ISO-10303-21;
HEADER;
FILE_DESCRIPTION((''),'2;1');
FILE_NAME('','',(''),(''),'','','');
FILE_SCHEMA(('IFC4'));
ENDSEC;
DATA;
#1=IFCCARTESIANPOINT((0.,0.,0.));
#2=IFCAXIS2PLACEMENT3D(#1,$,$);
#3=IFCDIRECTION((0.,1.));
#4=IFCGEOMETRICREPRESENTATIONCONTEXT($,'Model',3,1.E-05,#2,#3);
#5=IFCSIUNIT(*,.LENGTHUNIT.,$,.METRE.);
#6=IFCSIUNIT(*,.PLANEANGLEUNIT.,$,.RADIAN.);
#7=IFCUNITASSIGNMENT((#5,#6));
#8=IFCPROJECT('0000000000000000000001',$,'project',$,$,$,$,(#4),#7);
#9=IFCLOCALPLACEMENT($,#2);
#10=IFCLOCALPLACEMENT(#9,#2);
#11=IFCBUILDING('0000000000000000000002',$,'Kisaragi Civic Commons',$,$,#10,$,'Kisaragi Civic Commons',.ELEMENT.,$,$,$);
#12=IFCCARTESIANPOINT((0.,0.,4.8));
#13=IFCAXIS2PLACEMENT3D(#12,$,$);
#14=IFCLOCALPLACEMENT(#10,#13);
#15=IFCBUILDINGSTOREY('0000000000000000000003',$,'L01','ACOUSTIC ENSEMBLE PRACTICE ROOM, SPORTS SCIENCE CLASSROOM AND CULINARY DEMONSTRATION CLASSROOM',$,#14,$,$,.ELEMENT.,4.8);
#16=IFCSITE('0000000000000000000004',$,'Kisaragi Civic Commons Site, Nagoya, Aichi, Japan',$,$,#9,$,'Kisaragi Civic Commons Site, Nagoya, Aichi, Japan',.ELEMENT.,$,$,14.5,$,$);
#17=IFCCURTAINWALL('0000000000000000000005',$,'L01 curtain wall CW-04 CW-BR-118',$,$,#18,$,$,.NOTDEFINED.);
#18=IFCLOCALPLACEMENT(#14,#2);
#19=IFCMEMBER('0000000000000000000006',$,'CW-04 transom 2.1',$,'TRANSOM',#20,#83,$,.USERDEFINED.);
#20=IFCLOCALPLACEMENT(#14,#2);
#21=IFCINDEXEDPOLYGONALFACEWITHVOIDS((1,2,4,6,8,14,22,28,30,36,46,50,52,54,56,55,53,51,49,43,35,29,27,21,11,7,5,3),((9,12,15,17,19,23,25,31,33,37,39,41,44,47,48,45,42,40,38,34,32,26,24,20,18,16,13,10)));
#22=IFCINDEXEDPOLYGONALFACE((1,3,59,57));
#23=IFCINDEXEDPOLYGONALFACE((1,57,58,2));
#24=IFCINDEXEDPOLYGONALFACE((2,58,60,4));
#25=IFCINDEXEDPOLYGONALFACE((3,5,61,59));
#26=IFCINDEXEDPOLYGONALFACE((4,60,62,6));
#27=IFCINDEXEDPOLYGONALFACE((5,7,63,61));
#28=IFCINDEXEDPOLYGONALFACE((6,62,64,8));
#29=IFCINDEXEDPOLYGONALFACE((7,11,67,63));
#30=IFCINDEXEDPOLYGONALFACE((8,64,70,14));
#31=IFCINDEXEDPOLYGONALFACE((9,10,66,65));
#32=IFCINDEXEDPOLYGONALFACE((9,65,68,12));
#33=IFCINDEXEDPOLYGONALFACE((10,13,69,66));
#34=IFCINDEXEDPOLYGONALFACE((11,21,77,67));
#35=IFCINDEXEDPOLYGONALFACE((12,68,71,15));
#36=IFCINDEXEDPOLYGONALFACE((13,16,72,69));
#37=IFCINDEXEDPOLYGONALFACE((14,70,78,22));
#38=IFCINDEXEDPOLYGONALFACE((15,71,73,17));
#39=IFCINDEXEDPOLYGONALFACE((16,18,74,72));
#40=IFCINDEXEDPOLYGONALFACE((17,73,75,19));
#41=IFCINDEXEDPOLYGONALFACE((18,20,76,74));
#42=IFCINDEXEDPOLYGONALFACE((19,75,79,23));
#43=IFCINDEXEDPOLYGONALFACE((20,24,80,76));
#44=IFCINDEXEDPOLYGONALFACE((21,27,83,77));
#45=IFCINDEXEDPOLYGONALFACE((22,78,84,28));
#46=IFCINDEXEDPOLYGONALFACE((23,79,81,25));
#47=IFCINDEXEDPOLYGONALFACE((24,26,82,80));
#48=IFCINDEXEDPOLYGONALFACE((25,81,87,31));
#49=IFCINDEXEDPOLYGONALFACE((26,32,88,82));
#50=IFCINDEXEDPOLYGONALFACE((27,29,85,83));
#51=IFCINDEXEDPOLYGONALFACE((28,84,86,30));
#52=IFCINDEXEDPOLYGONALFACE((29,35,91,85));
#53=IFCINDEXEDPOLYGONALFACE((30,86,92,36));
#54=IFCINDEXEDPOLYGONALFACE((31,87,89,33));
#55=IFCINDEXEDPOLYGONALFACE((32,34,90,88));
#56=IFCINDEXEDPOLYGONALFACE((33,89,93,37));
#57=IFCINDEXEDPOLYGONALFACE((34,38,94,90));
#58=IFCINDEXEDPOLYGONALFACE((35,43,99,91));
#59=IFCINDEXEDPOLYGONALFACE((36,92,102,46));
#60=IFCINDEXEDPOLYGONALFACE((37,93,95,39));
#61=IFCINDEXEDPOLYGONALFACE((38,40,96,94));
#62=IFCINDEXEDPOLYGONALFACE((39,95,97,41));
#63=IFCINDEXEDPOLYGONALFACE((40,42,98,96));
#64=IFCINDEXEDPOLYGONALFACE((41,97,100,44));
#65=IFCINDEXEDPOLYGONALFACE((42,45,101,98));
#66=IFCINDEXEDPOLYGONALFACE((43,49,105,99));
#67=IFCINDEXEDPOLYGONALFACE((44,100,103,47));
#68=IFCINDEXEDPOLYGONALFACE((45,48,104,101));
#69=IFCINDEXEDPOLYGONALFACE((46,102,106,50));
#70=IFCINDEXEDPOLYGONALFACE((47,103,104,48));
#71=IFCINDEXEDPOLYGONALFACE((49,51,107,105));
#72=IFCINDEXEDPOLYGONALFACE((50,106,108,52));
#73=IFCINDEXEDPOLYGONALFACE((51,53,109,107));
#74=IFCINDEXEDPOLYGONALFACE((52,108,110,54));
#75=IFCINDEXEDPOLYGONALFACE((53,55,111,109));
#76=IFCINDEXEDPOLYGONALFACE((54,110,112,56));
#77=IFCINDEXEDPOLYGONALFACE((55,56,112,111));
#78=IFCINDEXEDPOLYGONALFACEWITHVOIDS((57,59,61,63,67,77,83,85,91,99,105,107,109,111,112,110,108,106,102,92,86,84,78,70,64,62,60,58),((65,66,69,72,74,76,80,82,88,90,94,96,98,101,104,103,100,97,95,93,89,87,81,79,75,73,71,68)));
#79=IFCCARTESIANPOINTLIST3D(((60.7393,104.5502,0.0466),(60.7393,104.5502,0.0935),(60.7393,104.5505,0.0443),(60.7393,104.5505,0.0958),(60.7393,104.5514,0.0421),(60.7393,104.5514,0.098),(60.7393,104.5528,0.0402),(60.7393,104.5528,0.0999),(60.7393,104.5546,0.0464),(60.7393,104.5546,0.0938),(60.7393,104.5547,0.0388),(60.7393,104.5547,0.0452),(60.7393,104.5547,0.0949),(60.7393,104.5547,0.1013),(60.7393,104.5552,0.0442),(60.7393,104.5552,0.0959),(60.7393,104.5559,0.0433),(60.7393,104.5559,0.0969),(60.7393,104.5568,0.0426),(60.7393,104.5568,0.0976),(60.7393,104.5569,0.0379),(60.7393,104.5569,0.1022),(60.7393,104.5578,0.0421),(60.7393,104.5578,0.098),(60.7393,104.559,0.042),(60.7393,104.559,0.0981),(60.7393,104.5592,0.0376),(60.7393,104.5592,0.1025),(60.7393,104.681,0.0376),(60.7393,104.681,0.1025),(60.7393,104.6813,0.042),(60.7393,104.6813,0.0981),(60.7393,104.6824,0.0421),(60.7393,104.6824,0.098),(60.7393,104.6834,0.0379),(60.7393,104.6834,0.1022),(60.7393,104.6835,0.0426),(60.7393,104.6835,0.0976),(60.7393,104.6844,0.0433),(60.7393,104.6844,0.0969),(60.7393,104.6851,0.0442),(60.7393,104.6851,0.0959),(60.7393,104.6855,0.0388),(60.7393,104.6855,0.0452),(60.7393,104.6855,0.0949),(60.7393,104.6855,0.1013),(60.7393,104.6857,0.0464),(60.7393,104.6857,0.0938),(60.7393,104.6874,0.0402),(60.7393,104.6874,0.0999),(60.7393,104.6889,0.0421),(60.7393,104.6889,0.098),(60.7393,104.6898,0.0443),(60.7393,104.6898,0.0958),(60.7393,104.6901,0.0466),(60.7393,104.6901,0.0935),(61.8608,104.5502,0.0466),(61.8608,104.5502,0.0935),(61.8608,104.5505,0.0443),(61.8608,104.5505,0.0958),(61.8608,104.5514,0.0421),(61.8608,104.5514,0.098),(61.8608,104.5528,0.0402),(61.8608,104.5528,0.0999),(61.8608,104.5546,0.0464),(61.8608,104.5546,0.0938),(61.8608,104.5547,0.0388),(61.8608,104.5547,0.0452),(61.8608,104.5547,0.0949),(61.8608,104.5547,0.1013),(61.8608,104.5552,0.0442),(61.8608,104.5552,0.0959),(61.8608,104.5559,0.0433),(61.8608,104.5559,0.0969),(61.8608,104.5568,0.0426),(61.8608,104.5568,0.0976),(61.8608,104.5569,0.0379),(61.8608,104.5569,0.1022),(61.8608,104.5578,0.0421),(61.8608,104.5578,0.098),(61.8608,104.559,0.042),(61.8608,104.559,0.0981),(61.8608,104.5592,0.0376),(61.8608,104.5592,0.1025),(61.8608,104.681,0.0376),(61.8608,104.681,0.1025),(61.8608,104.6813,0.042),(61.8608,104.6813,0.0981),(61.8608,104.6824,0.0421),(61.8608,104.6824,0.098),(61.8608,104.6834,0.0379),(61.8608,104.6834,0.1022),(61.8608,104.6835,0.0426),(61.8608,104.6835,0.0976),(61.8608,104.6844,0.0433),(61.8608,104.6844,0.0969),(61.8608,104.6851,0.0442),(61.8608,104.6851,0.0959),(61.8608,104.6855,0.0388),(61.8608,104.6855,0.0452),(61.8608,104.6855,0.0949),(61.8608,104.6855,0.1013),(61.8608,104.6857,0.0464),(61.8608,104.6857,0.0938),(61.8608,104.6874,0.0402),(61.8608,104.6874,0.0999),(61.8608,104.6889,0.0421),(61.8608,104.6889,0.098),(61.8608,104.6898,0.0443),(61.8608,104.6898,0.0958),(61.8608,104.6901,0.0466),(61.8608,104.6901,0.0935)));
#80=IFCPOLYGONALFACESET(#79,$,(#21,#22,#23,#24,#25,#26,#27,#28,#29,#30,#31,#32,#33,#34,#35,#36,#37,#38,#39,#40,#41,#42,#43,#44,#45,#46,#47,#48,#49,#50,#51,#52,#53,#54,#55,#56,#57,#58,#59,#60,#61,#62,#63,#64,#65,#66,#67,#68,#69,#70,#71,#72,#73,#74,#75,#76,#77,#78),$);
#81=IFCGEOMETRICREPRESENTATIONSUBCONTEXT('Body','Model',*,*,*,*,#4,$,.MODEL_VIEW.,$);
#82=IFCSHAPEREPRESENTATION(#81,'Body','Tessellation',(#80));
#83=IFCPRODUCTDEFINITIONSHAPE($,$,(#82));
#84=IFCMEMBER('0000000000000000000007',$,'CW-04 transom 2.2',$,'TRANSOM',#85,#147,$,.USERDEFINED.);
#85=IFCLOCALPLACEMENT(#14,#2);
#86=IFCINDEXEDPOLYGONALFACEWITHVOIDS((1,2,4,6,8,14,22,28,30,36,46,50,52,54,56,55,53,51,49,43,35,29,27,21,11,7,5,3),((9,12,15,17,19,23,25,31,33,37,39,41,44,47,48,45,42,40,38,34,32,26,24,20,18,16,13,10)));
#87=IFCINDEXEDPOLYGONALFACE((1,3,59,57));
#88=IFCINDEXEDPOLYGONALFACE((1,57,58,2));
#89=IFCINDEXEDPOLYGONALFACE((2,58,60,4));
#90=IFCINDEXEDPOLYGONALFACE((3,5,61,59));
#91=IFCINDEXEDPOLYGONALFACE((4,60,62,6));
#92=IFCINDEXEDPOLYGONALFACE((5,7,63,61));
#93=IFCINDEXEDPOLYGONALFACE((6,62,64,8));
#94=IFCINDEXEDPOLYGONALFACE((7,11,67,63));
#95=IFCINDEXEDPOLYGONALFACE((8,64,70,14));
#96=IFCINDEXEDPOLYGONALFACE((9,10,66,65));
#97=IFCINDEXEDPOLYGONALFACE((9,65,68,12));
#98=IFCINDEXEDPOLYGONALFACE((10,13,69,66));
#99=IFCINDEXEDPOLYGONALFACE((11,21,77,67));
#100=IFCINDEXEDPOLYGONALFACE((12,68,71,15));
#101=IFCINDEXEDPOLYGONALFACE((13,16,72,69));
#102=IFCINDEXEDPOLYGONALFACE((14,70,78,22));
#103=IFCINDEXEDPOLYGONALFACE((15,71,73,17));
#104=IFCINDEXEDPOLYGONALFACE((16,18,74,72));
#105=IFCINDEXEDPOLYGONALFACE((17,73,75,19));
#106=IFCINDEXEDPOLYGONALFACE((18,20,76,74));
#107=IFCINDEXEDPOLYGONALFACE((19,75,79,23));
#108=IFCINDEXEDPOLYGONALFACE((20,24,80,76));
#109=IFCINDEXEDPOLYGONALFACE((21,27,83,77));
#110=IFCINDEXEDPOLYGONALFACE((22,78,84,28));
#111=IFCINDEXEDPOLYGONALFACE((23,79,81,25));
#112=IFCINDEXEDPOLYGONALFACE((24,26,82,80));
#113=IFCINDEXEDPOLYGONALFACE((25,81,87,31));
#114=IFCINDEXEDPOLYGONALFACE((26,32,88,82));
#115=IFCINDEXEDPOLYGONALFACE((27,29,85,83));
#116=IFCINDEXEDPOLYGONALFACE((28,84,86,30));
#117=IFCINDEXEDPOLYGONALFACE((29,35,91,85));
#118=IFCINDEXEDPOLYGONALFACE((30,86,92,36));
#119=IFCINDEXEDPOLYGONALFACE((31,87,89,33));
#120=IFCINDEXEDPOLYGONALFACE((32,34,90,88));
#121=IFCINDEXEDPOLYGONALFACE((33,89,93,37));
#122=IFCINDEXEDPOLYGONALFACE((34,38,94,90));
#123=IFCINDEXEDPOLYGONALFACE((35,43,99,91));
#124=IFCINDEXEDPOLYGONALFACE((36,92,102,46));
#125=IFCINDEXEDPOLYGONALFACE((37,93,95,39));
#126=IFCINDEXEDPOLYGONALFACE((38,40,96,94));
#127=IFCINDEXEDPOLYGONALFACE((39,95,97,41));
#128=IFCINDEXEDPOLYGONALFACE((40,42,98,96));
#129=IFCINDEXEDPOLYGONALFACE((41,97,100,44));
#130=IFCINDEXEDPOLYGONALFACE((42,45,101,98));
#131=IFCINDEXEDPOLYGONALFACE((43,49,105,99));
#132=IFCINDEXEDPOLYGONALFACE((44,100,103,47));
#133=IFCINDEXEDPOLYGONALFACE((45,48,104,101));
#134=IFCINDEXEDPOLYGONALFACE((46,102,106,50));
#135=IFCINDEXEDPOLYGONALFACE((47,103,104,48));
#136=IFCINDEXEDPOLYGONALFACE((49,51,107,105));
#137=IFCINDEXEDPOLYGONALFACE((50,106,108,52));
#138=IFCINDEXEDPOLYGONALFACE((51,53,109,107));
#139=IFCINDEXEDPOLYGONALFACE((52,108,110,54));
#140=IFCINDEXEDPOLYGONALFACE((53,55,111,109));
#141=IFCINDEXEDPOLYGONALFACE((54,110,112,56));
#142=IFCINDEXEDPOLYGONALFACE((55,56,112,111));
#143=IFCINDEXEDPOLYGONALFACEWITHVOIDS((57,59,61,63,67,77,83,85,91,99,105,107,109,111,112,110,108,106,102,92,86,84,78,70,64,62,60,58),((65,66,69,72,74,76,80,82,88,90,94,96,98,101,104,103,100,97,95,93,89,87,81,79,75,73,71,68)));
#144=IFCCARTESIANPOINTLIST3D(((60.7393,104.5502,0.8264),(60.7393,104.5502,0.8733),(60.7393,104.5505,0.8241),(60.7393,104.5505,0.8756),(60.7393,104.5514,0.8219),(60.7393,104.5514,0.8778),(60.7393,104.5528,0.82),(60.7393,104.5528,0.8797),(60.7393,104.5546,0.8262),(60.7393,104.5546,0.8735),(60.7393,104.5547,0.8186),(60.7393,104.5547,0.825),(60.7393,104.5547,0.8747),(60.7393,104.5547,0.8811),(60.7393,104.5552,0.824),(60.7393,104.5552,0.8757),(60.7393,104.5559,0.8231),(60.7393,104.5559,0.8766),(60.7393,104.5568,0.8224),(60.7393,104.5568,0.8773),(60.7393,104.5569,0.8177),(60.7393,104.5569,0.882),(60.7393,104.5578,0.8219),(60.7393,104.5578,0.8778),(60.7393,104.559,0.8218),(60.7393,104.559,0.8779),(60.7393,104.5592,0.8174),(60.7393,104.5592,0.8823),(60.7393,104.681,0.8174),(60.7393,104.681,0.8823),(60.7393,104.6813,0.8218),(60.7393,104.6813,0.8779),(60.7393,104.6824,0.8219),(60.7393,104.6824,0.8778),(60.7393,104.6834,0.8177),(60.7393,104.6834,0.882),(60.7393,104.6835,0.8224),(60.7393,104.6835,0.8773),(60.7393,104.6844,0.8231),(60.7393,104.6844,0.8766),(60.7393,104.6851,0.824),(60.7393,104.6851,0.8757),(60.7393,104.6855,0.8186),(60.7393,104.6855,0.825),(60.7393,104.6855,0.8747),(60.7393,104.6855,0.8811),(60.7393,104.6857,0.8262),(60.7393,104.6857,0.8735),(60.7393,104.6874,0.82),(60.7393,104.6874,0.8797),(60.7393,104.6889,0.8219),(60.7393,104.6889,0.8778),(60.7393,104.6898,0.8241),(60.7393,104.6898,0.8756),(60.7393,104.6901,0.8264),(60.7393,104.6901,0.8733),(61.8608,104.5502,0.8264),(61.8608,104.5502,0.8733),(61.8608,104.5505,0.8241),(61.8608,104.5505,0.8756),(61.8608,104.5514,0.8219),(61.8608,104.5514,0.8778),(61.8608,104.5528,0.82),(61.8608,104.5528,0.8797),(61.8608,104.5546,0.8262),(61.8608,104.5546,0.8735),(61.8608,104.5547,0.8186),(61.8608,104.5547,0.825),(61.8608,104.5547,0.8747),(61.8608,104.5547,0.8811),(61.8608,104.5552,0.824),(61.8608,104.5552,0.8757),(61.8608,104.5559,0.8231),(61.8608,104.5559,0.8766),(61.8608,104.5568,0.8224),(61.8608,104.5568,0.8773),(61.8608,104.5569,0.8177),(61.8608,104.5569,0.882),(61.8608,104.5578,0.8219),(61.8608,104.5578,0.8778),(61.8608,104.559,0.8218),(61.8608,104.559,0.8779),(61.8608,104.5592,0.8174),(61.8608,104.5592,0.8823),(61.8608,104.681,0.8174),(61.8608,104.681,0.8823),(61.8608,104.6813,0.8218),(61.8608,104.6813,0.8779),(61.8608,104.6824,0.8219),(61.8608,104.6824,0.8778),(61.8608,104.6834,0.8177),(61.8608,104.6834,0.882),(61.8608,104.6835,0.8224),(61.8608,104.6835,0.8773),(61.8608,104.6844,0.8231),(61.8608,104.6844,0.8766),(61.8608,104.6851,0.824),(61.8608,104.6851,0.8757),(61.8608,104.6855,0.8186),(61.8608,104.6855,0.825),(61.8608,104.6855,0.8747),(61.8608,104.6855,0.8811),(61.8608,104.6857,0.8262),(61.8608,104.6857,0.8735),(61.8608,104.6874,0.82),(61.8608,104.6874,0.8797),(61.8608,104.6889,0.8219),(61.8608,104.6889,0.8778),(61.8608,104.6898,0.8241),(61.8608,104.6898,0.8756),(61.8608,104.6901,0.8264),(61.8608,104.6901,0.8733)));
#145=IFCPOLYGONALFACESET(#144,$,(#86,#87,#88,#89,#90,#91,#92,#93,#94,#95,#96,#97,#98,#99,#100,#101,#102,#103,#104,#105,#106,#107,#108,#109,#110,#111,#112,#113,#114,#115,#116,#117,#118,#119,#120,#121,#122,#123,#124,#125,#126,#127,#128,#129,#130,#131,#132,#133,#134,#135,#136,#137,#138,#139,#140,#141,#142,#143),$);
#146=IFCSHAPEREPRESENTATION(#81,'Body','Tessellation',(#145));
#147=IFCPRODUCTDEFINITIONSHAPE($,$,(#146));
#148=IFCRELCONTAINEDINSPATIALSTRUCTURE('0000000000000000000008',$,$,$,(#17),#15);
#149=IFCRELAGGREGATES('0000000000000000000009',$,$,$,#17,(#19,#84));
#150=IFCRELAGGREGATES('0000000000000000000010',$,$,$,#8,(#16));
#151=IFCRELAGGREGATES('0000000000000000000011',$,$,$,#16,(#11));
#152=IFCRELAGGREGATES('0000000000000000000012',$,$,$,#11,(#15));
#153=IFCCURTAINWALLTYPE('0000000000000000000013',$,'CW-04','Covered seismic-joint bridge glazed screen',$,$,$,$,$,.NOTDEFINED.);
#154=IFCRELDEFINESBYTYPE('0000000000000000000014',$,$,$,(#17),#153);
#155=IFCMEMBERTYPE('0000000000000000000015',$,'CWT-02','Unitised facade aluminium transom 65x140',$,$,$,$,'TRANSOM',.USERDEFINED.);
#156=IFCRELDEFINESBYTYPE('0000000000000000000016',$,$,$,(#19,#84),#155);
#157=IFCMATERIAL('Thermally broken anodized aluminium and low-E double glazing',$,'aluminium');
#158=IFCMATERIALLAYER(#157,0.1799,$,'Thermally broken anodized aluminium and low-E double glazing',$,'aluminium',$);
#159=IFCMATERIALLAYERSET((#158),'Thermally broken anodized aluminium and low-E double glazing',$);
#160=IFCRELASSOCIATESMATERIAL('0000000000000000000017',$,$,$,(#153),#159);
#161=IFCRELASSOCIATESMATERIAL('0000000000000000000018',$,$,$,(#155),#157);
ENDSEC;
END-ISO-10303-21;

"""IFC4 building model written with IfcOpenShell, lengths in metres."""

from ifc_helpers import new_model, si_unit, direction, frame, origin, origin_2d, place, context, subcontext, project, spatial, hollow_rectangle, extrude, material, layer, layer_set, material_profile, profile_set, type_object, element, aggregate, save


model = new_model("IFC4")

# Units and contexts
model_context = context("Model", 3, precision=1e-05, world=origin(), true_north=direction((0.0, 1.0)))
body_context = subcontext(model_context, "Body", "Model", "MODEL_VIEW")
ifc_project = project(units=[si_unit("LENGTHUNIT", "METRE"), si_unit("PLANEANGLEUNIT", "RADIAN")], contexts=[model_context])

# Site, building, storey
site_placement = place(None, origin())
site = spatial("IfcSite", under=ifc_project, at=site_placement, Name="Kisaragi Civic Commons Site, Nagoya, Aichi, Japan", LongName="Kisaragi Civic Commons Site, Nagoya, Aichi, Japan", CompositionType="ELEMENT", RefElevation=14.5)
building_placement = place(site_placement, origin())
building = spatial("IfcBuilding", under=site, at=building_placement, Name="Kisaragi Civic Commons", LongName="Kisaragi Civic Commons", CompositionType="ELEMENT")
storey_placement = place(building_placement, frame((0.0, 0.0, 4.8)))
storey = spatial("IfcBuildingStorey", under=building, at=storey_placement, Name="L01", Description="ACOUSTIC ENSEMBLE PRACTICE ROOM, SPORTS SCIENCE CLASSROOM AND CULINARY DEMONSTRATION CLASSROOM", CompositionType="ELEMENT", Elevation=4.8)

# Curtain wall
ifc_material = material(Name="Thermally broken anodized aluminium and low-E double glazing", Category="aluminium")
ifc_layer_1 = layer(ifc_material, 0.1799, Name="Thermally broken anodized aluminium and low-E double glazing", Category="aluminium")
ifc_layer_set_1 = layer_set([ifc_layer_1], Name="Thermally broken anodized aluminium and low-E double glazing")
curtain_wall_type = type_object("IfcCurtainWallType", Name="CW-04", Description="Covered seismic-joint bridge glazed screen", PredefinedType="NOTDEFINED", material=ifc_layer_set_1)
curtain_wall_1_placement = place(storey_placement, origin())
curtain_wall_1 = element("IfcCurtainWall", 1, at=curtain_wall_1_placement, inside=storey, type_object=curtain_wall_type, Name="L01 curtain wall CW-04 CW-BR-118", PredefinedType="NOTDEFINED")

# Members
ifc_material_profile_1 = material_profile(ifc_material, hollow_rectangle(XDim=0.1399, YDim=0.0649, WallThickness=0.0044, InnerFilletRadius=0.0044, OuterFilletRadius=0.009, at=origin_2d()), Name="CWT-65x140x4.5", Category="aluminium")
ifc_profile_set_1 = profile_set([ifc_material_profile_1], Name="Thermally broken anodized aluminium and low-E double glazing")
member_type_1 = type_object("IfcMemberType", Name="CWT-02", Description="Unitised facade aluminium transom 65x140", ElementType="TRANSOM", PredefinedType="USERDEFINED", material=ifc_profile_set_1)
member_1_placement = place(storey_placement, frame((60.7393, 104.6201, 0.0701), z_axis=(1.0, 0.0, 0.0), x_axis=(0.0, 1.0, 0.0)))
member_1 = element("IfcMember", 2, at=member_1_placement, type_object=member_type_1, Name="CW-04 transom 2.1", ObjectType="TRANSOM", PredefinedType="USERDEFINED", context=body_context, shape_type="SweptSolid", body=[
    extrude(hollow_rectangle(XDim=0.1399, YDim=0.0649, WallThickness=0.0044, InnerFilletRadius=0.0044, OuterFilletRadius=0.009, at=origin_2d()), origin(), (0.0, 0.0, 1.0), 1.1216),
])
member_2_placement = place(storey_placement, frame((60.7393, 104.6201, 0.8499), z_axis=(1.0, 0.0, 0.0), x_axis=(0.0, 1.0, 0.0)))
member_2 = element("IfcMember", 3, at=member_2_placement, type_object=member_type_1, Name="CW-04 transom 2.2", ObjectType="TRANSOM", PredefinedType="USERDEFINED", context=body_context, shape_type="SweptSolid", body=[
    extrude(hollow_rectangle(XDim=0.1399, YDim=0.0649, WallThickness=0.0044, InnerFilletRadius=0.0044, OuterFilletRadius=0.009, at=origin_2d()), origin(), (0.0, 0.0, 1.0), 1.1216),
])

aggregate(curtain_wall_1, [member_1, member_2])

save(model, "model.ifc")
